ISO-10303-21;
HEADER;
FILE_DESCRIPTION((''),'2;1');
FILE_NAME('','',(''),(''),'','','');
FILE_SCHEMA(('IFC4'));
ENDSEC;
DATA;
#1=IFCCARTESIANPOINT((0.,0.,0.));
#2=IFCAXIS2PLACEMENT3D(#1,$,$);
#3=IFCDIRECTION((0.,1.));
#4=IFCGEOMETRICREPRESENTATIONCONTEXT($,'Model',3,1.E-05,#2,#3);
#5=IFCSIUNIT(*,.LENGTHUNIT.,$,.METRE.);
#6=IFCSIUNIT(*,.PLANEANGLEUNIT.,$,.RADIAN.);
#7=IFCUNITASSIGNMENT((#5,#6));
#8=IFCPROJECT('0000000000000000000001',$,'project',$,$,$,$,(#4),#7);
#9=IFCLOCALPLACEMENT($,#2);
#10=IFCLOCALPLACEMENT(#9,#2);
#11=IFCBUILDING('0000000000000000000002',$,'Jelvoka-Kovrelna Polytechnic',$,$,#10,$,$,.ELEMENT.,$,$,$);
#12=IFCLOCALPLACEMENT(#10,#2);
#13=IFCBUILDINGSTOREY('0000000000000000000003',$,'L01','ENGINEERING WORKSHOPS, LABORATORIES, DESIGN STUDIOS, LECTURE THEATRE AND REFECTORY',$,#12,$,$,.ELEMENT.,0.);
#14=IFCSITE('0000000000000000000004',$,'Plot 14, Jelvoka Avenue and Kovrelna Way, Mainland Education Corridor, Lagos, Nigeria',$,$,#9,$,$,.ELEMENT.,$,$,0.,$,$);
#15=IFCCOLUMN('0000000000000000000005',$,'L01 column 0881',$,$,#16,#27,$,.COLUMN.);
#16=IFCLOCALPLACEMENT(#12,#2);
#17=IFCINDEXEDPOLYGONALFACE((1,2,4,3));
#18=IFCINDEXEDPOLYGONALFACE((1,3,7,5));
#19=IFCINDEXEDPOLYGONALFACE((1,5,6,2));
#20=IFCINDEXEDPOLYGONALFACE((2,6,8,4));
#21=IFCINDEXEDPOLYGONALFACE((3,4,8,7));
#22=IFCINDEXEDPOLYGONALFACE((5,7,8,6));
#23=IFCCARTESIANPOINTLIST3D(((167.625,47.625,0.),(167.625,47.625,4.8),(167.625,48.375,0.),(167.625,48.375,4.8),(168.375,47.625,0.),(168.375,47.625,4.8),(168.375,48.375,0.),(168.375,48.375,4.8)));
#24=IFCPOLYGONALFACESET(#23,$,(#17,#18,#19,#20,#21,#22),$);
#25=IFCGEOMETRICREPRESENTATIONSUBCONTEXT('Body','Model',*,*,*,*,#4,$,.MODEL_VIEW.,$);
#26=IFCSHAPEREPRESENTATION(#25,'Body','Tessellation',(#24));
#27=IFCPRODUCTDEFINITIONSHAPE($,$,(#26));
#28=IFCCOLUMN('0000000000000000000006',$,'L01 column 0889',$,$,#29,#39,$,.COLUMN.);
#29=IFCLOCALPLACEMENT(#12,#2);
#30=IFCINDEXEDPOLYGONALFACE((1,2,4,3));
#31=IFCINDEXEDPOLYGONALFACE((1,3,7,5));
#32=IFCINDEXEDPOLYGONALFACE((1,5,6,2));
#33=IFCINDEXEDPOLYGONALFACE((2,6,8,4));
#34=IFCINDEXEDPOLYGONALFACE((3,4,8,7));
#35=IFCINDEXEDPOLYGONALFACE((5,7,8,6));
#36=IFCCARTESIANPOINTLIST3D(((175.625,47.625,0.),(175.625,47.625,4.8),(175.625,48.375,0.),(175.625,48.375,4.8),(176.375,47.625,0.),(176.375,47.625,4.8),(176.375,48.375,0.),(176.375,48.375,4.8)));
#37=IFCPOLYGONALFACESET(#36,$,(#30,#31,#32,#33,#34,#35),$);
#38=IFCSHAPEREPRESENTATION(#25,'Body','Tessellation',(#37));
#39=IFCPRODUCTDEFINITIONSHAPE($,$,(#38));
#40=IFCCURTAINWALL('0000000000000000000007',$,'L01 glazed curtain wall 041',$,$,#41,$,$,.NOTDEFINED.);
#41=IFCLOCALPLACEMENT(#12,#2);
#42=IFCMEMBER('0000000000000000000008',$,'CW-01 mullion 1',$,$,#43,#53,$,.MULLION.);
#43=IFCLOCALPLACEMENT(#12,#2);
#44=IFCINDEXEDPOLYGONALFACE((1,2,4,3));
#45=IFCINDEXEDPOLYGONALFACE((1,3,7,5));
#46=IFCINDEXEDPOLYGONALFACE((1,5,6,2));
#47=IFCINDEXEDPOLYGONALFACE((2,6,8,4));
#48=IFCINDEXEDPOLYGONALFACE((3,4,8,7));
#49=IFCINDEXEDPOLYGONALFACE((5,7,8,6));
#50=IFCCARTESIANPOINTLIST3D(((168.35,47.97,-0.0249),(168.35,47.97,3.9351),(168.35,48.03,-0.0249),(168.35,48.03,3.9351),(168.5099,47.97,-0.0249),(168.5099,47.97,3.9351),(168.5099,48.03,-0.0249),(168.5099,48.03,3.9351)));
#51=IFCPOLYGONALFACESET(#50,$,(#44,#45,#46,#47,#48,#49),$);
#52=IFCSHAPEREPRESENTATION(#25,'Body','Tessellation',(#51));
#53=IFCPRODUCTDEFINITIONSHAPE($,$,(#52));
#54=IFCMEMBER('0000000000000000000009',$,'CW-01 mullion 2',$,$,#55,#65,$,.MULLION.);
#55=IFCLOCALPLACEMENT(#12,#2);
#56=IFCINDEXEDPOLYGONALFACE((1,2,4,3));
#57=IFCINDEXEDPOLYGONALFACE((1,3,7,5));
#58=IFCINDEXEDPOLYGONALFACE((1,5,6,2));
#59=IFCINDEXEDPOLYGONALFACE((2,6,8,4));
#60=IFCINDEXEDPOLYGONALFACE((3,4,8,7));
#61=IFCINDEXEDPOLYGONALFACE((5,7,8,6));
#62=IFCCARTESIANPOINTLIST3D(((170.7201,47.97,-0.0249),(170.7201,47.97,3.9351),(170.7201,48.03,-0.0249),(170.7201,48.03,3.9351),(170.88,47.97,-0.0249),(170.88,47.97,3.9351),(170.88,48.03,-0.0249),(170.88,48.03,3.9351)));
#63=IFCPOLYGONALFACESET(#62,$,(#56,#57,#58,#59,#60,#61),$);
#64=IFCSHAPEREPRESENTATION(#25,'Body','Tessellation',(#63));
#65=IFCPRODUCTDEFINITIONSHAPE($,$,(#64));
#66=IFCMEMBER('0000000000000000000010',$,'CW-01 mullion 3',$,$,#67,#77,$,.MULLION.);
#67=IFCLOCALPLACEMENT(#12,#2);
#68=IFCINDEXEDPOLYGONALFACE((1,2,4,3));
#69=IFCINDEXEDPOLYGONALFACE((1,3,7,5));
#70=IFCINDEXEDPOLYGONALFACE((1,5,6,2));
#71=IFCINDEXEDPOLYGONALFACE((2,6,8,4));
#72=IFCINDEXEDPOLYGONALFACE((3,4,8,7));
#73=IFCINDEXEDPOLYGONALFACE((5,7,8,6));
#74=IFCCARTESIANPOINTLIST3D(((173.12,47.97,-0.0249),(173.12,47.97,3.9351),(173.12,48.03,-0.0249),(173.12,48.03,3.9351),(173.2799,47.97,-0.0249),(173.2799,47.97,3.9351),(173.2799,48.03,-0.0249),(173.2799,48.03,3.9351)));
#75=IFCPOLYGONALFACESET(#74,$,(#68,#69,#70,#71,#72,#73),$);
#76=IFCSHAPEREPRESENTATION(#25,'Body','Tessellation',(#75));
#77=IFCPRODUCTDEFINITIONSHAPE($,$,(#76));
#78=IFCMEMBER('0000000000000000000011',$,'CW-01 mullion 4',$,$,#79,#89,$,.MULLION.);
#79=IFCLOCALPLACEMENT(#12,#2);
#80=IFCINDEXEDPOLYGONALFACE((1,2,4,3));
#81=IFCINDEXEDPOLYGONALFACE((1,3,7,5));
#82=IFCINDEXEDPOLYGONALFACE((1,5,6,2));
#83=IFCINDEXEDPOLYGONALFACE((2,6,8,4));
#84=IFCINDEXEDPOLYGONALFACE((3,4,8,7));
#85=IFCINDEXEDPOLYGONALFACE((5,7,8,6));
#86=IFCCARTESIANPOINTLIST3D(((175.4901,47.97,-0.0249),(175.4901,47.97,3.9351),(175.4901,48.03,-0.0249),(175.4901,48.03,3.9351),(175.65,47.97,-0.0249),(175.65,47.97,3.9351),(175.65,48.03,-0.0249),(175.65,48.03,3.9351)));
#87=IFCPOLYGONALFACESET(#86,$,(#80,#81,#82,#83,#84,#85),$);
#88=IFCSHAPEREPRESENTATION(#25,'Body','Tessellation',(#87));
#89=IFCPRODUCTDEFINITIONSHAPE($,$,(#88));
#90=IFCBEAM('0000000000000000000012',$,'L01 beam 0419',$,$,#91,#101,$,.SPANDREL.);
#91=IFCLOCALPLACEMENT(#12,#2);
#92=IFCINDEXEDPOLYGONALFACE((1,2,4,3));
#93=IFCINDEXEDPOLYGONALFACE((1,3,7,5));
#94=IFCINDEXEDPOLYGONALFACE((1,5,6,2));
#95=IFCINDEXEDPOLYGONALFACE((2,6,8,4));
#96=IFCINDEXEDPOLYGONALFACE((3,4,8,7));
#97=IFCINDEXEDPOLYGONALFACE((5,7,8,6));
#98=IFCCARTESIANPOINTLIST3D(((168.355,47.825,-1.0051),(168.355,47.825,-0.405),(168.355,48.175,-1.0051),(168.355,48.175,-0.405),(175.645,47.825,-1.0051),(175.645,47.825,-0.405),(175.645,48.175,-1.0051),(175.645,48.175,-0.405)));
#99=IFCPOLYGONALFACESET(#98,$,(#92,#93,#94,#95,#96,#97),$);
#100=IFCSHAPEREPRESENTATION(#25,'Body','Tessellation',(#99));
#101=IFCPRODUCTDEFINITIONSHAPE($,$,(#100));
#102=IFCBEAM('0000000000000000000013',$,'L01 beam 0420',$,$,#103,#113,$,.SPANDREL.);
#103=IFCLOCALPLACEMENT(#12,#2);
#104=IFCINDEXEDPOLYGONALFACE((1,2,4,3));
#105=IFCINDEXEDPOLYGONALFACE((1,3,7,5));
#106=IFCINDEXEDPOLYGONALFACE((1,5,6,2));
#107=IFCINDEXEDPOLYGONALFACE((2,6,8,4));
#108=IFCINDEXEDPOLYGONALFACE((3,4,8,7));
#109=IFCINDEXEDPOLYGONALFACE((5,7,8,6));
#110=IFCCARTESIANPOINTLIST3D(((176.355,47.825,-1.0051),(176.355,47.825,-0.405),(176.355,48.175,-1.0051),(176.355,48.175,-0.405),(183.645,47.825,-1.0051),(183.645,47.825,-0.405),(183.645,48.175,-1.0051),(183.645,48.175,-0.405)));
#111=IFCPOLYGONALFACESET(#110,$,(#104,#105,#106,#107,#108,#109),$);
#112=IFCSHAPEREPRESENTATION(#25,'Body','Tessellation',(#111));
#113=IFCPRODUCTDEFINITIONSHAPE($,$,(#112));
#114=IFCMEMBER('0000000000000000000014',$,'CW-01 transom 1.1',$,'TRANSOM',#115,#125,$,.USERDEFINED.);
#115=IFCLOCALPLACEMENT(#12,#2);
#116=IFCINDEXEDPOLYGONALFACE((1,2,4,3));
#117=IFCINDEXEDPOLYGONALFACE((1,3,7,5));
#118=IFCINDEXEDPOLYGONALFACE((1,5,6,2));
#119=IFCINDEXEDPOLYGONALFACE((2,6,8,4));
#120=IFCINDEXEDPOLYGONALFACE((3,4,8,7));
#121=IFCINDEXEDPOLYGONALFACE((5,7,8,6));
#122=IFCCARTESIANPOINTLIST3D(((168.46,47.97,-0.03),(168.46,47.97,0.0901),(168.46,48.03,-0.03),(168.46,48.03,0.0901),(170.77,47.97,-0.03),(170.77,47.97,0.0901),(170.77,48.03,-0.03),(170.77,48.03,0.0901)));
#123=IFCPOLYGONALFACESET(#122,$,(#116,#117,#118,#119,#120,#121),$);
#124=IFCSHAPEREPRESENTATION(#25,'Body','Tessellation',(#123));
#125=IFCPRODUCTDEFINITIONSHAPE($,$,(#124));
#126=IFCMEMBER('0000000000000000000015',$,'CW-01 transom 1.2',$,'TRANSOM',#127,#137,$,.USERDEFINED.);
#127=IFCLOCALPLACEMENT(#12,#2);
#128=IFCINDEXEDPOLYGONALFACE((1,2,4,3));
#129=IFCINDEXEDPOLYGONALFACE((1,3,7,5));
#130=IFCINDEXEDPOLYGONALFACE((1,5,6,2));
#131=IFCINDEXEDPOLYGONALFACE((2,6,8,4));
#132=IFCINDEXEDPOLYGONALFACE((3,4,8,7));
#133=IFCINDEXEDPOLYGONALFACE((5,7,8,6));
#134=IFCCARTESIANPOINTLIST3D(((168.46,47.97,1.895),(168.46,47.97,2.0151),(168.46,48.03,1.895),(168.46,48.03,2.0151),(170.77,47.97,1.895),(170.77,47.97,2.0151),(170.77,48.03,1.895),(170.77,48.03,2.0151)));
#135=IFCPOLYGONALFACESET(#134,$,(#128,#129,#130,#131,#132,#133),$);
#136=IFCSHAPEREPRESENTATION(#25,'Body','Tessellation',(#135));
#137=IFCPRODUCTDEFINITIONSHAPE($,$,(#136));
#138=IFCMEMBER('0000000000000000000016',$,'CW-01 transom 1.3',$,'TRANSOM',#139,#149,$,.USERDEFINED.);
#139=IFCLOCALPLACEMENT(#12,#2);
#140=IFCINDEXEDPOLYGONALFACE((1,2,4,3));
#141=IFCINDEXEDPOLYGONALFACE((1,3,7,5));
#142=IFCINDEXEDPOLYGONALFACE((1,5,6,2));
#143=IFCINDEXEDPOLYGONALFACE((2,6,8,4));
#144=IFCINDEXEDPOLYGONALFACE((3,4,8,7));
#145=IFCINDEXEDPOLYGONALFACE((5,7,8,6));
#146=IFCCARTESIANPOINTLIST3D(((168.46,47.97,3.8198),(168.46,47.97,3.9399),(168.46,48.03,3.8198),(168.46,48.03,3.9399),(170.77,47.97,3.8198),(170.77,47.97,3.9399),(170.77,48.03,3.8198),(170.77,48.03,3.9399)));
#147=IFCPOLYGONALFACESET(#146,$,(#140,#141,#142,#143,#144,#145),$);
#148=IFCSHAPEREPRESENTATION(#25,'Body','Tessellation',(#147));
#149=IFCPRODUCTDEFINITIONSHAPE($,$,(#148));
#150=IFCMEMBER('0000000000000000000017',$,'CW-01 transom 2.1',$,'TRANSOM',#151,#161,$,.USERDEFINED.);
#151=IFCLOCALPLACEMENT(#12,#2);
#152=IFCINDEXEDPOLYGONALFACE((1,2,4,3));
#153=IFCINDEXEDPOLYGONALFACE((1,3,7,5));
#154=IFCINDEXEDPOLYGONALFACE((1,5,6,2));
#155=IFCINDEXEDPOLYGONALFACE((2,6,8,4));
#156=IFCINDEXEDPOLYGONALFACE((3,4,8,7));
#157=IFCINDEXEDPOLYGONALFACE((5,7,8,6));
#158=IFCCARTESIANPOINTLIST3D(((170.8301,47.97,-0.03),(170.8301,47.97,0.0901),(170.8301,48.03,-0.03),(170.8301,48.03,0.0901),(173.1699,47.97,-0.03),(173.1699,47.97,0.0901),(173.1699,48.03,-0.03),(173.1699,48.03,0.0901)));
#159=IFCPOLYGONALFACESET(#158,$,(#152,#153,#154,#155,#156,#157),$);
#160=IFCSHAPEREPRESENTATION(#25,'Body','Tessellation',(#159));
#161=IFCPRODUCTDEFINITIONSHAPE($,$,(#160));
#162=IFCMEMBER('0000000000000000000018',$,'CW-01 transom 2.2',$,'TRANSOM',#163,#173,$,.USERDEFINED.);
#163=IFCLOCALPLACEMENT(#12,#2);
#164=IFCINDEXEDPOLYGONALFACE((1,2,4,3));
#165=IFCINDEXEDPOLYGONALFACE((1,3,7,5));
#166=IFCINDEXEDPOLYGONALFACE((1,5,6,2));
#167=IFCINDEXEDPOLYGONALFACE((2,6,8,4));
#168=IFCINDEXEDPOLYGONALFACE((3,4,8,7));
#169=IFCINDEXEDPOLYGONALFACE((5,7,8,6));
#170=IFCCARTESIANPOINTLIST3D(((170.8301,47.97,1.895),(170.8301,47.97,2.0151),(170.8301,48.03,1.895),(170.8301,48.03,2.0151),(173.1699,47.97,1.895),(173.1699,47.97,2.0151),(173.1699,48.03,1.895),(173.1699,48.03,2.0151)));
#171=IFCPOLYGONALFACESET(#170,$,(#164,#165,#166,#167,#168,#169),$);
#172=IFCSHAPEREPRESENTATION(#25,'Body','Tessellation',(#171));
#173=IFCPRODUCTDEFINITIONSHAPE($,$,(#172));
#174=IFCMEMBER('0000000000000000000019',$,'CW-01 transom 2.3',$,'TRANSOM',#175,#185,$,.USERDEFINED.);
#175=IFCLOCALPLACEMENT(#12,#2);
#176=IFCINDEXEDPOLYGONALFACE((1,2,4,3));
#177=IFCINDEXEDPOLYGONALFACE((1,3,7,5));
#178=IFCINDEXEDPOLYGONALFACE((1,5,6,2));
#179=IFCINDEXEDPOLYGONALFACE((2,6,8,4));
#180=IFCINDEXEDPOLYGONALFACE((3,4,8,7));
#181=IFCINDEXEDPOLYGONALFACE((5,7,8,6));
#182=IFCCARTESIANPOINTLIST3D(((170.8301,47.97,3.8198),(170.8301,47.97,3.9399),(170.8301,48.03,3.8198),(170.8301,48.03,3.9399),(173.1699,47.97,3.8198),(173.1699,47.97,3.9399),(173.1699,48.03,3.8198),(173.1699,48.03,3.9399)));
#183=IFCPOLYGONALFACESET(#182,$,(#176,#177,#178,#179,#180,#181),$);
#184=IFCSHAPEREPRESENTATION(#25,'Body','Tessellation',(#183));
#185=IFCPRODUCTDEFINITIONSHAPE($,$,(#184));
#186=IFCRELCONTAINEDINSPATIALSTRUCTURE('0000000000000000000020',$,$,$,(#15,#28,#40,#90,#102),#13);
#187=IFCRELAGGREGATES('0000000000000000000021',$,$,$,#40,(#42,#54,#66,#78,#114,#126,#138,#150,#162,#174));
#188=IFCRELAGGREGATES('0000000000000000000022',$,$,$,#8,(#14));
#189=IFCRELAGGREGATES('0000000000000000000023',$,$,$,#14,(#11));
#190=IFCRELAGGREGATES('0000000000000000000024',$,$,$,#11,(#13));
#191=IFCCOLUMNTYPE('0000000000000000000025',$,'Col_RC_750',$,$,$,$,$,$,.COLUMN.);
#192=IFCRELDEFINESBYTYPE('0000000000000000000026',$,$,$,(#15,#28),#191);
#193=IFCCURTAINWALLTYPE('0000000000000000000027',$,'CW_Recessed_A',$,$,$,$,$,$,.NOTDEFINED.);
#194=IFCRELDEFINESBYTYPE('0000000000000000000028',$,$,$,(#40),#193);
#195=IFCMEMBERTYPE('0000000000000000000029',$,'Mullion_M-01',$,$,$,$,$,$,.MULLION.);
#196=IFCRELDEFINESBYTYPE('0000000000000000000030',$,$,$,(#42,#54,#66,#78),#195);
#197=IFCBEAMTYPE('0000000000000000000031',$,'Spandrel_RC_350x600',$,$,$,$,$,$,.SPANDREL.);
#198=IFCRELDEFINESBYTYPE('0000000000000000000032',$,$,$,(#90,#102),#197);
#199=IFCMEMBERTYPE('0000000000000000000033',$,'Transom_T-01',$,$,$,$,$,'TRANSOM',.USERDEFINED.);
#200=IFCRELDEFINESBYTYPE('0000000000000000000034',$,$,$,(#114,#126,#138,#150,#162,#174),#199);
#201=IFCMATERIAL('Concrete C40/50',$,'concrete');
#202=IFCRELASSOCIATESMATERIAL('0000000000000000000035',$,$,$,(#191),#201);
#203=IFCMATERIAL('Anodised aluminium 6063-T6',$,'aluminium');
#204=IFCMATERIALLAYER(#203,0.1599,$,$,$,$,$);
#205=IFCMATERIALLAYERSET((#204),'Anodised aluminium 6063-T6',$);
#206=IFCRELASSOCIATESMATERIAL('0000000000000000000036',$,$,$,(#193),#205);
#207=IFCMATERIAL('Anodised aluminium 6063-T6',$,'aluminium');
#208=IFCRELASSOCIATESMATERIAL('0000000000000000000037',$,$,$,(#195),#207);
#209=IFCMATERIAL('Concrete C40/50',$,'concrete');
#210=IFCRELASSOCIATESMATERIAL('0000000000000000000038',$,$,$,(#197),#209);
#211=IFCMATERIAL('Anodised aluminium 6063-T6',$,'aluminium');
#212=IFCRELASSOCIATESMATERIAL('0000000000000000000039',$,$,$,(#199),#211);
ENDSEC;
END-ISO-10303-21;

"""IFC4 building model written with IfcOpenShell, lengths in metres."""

from ifc_helpers import new_model, si_unit, direction, frame, origin, origin_2d, place, context, subcontext, project, spatial, rectangle, extrude, material, layer, layer_set, material_profile, profile_set, type_object, element, aggregate, save


model = new_model("IFC4")

# Units and contexts
model_context = context("Model", 3, precision=1e-05, world=origin(), true_north=direction((0.0, 1.0)))
body_context = subcontext(model_context, "Body", "Model", "MODEL_VIEW")
ifc_project = project(units=[si_unit("LENGTHUNIT", "METRE"), si_unit("PLANEANGLEUNIT", "RADIAN")], contexts=[model_context])

# Site, building, storey
site_placement = place(None, origin())
site = spatial("IfcSite", under=ifc_project, at=site_placement, Name="Plot 14, Jelvoka Avenue and Kovrelna Way, Mainland Education Corridor, Lagos, Nigeria", CompositionType="ELEMENT", RefElevation=0.0)
building_placement = place(site_placement, origin())
building = spatial("IfcBuilding", under=site, at=building_placement, Name="Jelvoka-Kovrelna Polytechnic", CompositionType="ELEMENT")
storey_placement = place(building_placement, origin())
storey = spatial("IfcBuildingStorey", under=building, at=storey_placement, Name="L01", Description="ENGINEERING WORKSHOPS, LABORATORIES, DESIGN STUDIOS, LECTURE THEATRE AND REFECTORY", CompositionType="ELEMENT", Elevation=0.0)

# Columns
ifc_material_1 = material(Name="Concrete C40/50", Category="concrete")
ifc_material_profile_1 = material_profile(ifc_material_1, rectangle(XDim=0.75, YDim=0.75, at=origin_2d()), Name="RC 750x750")
ifc_profile_set_1 = profile_set([ifc_material_profile_1], Name="Concrete C40/50")
column_type = type_object("IfcColumnType", Name="Col_RC_750", PredefinedType="COLUMN", material=ifc_profile_set_1)
for number, where, z_axis, x_axis, name in (
    (1, (168.0, 48.0, 0.0), (0.0, 0.0, 1.0), (1.0, 0.0, 0.0), "L01 column 0881"),
    (2, (176.0, 48.0, 0.0), (0.0, 0.0, 1.0), (1.0, 0.0, 0.0), "L01 column 0889"),
):
    element("IfcColumn", number, at=place(storey_placement, frame(where, z_axis=z_axis, x_axis=x_axis)), inside=storey, type_object=column_type, Name=name, PredefinedType="COLUMN", context=body_context, shape_type="SweptSolid", body=[
        extrude(rectangle(XDim=0.75, YDim=0.75, at=origin_2d()), origin(), (0.0, 0.0, 1.0), 4.8),
    ])

# Curtain wall, members
ifc_material_2 = material(Name="Anodised aluminium 6063-T6", Category="aluminium")
ifc_layer_1 = layer(ifc_material_2, 0.1599)
ifc_layer_set_1 = layer_set([ifc_layer_1], Name="Anodised aluminium 6063-T6")
curtain_wall_type = type_object("IfcCurtainWallType", Name="CW_Recessed_A", PredefinedType="NOTDEFINED", material=ifc_layer_set_1)
curtain_wall_placement = place(storey_placement, origin())
curtain_wall = element("IfcCurtainWall", 3, at=curtain_wall_placement, inside=storey, type_object=curtain_wall_type, Name="L01 glazed curtain wall 041", PredefinedType="NOTDEFINED")
ifc_material_3 = material(Name="Anodised aluminium 6063-T6", Category="aluminium")
ifc_material_profile_2 = material_profile(ifc_material_3, rectangle(XDim=0.0601, YDim=0.1599, at=origin_2d()), Name="ALU 60x160")
ifc_profile_set_2 = profile_set([ifc_material_profile_2], Name="Anodised aluminium 6063-T6")
member_type_1 = type_object("IfcMemberType", Name="Mullion_M-01", PredefinedType="MULLION", material=ifc_profile_set_2)
member_1_placement = place(storey_placement, frame((168.4299, 48.0, -0.0249), z_axis=(0.0, 0.0, 1.0), x_axis=(0.0, 1.0, 0.0)))
member_1 = element("IfcMember", 4, at=member_1_placement, type_object=member_type_1, Name="CW-01 mullion 1", PredefinedType="MULLION", context=body_context, shape_type="SweptSolid", body=[
    extrude(rectangle(XDim=0.0601, YDim=0.1599, at=origin_2d()), origin(), (0.0, 0.0, 1.0), 3.96),
])
member_2_placement = place(storey_placement, frame((170.8, 48.0, -0.0249), z_axis=(0.0, 0.0, 1.0), x_axis=(0.0, 1.0, 0.0)))
member_2 = element("IfcMember", 5, at=member_2_placement, type_object=member_type_1, Name="CW-01 mullion 2", PredefinedType="MULLION", context=body_context, shape_type="SweptSolid", body=[
    extrude(rectangle(XDim=0.0601, YDim=0.1599, at=origin_2d()), origin(), (0.0, 0.0, 1.0), 3.96),
])
member_3_placement = place(storey_placement, frame((173.2, 48.0, -0.0249), z_axis=(0.0, 0.0, 1.0), x_axis=(0.0, 1.0, 0.0)))
member_3 = element("IfcMember", 6, at=member_3_placement, type_object=member_type_1, Name="CW-01 mullion 3", PredefinedType="MULLION", context=body_context, shape_type="SweptSolid", body=[
    extrude(rectangle(XDim=0.0601, YDim=0.1599, at=origin_2d()), origin(), (0.0, 0.0, 1.0), 3.96),
])
member_4_placement = place(storey_placement, frame((175.5701, 48.0, -0.0249), z_axis=(0.0, 0.0, 1.0), x_axis=(0.0, 1.0, 0.0)))
member_4 = element("IfcMember", 7, at=member_4_placement, type_object=member_type_1, Name="CW-01 mullion 4", PredefinedType="MULLION", context=body_context, shape_type="SweptSolid", body=[
    extrude(rectangle(XDim=0.0601, YDim=0.1599, at=origin_2d()), origin(), (0.0, 0.0, 1.0), 3.96),
])

# Beams
ifc_material_4 = material(Name="Concrete C40/50", Category="concrete")
ifc_material_profile_3 = material_profile(ifc_material_4, rectangle(XDim=0.3501, YDim=0.6001, at=origin_2d()), Name="RC 350x600")
ifc_profile_set_3 = profile_set([ifc_material_profile_3], Name="Concrete C40/50")
beam_type = type_object("IfcBeamType", Name="Spandrel_RC_350x600", PredefinedType="SPANDREL", material=ifc_profile_set_3)
for number, where, z_axis, x_axis, name in (
    (8, (168.355, 48.0, -0.7051), (1.0, 0.0, 0.0), (0.0, 1.0, 0.0), "L01 beam 0419"),
    (9, (176.355, 48.0, -0.7051), (1.0, 0.0, 0.0), (0.0, 1.0, 0.0), "L01 beam 0420"),
):
    element("IfcBeam", number, at=place(storey_placement, frame(where, z_axis=z_axis, x_axis=x_axis)), inside=storey, type_object=beam_type, Name=name, PredefinedType="SPANDREL", context=body_context, shape_type="SweptSolid", body=[
        extrude(rectangle(XDim=0.3501, YDim=0.6001, at=origin_2d()), origin(), (0.0, 0.0, 1.0), 7.29),
    ])

# Members
ifc_material_5 = material(Name="Anodised aluminium 6063-T6", Category="aluminium")
ifc_material_profile_4 = material_profile(ifc_material_5, rectangle(XDim=0.0601, YDim=0.1201, at=origin_2d()), Name="ALU 60x120")
ifc_profile_set_4 = profile_set([ifc_material_profile_4], Name="Anodised aluminium 6063-T6")
member_type_2 = type_object("IfcMemberType", Name="Transom_T-01", ElementType="TRANSOM", PredefinedType="USERDEFINED", material=ifc_profile_set_4)
member_5_placement = place(storey_placement, frame((168.46, 48.0, 0.03), z_axis=(1.0, 0.0, 0.0), x_axis=(0.0, 1.0, 0.0)))
member_5 = element("IfcMember", 10, at=member_5_placement, type_object=member_type_2, Name="CW-01 transom 1.1", ObjectType="TRANSOM", PredefinedType="USERDEFINED", context=body_context, shape_type="SweptSolid", body=[
    extrude(rectangle(XDim=0.0601, YDim=0.1201, at=origin_2d()), origin(), (0.0, 0.0, 1.0), 2.3101),
])
member_6_placement = place(storey_placement, frame((168.46, 48.0, 1.9551), z_axis=(1.0, 0.0, 0.0), x_axis=(0.0, 1.0, 0.0)))
member_6 = element("IfcMember", 11, at=member_6_placement, type_object=member_type_2, Name="CW-01 transom 1.2", ObjectType="TRANSOM", PredefinedType="USERDEFINED", context=body_context, shape_type="SweptSolid", body=[
    extrude(rectangle(XDim=0.0601, YDim=0.1201, at=origin_2d()), origin(), (0.0, 0.0, 1.0), 2.3101),
])
member_7_placement = place(storey_placement, frame((168.46, 48.0, 3.8799), z_axis=(1.0, 0.0, 0.0), x_axis=(0.0, 1.0, 0.0)))
member_7 = element("IfcMember", 12, at=member_7_placement, type_object=member_type_2, Name="CW-01 transom 1.3", ObjectType="TRANSOM", PredefinedType="USERDEFINED", context=body_context, shape_type="SweptSolid", body=[
    extrude(rectangle(XDim=0.0601, YDim=0.1201, at=origin_2d()), origin(), (0.0, 0.0, 1.0), 2.3101),
])
member_8_placement = place(storey_placement, frame((170.8301, 48.0, 0.03), z_axis=(1.0, 0.0, 0.0), x_axis=(0.0, 1.0, 0.0)))
member_8 = element("IfcMember", 13, at=member_8_placement, type_object=member_type_2, Name="CW-01 transom 2.1", ObjectType="TRANSOM", PredefinedType="USERDEFINED", context=body_context, shape_type="SweptSolid", body=[
    extrude(rectangle(XDim=0.0601, YDim=0.1201, at=origin_2d()), origin(), (0.0, 0.0, 1.0), 2.3398),
])
member_9_placement = place(storey_placement, frame((170.8301, 48.0, 1.9551), z_axis=(1.0, 0.0, 0.0), x_axis=(0.0, 1.0, 0.0)))
member_9 = element("IfcMember", 14, at=member_9_placement, type_object=member_type_2, Name="CW-01 transom 2.2", ObjectType="TRANSOM", PredefinedType="USERDEFINED", context=body_context, shape_type="SweptSolid", body=[
    extrude(rectangle(XDim=0.0601, YDim=0.1201, at=origin_2d()), origin(), (0.0, 0.0, 1.0), 2.3398),
])
member_10_placement = place(storey_placement, frame((170.8301, 48.0, 3.8799), z_axis=(1.0, 0.0, 0.0), x_axis=(0.0, 1.0, 0.0)))
member_10 = element("IfcMember", 15, at=member_10_placement, type_object=member_type_2, Name="CW-01 transom 2.3", ObjectType="TRANSOM", PredefinedType="USERDEFINED", context=body_context, shape_type="SweptSolid", body=[
    extrude(rectangle(XDim=0.0601, YDim=0.1201, at=origin_2d()), origin(), (0.0, 0.0, 1.0), 2.3398),
])

aggregate(curtain_wall, [member_1, member_2, member_3, member_4, member_5, member_6, member_7, member_8, member_9, member_10])

save(model, "model.ifc")
